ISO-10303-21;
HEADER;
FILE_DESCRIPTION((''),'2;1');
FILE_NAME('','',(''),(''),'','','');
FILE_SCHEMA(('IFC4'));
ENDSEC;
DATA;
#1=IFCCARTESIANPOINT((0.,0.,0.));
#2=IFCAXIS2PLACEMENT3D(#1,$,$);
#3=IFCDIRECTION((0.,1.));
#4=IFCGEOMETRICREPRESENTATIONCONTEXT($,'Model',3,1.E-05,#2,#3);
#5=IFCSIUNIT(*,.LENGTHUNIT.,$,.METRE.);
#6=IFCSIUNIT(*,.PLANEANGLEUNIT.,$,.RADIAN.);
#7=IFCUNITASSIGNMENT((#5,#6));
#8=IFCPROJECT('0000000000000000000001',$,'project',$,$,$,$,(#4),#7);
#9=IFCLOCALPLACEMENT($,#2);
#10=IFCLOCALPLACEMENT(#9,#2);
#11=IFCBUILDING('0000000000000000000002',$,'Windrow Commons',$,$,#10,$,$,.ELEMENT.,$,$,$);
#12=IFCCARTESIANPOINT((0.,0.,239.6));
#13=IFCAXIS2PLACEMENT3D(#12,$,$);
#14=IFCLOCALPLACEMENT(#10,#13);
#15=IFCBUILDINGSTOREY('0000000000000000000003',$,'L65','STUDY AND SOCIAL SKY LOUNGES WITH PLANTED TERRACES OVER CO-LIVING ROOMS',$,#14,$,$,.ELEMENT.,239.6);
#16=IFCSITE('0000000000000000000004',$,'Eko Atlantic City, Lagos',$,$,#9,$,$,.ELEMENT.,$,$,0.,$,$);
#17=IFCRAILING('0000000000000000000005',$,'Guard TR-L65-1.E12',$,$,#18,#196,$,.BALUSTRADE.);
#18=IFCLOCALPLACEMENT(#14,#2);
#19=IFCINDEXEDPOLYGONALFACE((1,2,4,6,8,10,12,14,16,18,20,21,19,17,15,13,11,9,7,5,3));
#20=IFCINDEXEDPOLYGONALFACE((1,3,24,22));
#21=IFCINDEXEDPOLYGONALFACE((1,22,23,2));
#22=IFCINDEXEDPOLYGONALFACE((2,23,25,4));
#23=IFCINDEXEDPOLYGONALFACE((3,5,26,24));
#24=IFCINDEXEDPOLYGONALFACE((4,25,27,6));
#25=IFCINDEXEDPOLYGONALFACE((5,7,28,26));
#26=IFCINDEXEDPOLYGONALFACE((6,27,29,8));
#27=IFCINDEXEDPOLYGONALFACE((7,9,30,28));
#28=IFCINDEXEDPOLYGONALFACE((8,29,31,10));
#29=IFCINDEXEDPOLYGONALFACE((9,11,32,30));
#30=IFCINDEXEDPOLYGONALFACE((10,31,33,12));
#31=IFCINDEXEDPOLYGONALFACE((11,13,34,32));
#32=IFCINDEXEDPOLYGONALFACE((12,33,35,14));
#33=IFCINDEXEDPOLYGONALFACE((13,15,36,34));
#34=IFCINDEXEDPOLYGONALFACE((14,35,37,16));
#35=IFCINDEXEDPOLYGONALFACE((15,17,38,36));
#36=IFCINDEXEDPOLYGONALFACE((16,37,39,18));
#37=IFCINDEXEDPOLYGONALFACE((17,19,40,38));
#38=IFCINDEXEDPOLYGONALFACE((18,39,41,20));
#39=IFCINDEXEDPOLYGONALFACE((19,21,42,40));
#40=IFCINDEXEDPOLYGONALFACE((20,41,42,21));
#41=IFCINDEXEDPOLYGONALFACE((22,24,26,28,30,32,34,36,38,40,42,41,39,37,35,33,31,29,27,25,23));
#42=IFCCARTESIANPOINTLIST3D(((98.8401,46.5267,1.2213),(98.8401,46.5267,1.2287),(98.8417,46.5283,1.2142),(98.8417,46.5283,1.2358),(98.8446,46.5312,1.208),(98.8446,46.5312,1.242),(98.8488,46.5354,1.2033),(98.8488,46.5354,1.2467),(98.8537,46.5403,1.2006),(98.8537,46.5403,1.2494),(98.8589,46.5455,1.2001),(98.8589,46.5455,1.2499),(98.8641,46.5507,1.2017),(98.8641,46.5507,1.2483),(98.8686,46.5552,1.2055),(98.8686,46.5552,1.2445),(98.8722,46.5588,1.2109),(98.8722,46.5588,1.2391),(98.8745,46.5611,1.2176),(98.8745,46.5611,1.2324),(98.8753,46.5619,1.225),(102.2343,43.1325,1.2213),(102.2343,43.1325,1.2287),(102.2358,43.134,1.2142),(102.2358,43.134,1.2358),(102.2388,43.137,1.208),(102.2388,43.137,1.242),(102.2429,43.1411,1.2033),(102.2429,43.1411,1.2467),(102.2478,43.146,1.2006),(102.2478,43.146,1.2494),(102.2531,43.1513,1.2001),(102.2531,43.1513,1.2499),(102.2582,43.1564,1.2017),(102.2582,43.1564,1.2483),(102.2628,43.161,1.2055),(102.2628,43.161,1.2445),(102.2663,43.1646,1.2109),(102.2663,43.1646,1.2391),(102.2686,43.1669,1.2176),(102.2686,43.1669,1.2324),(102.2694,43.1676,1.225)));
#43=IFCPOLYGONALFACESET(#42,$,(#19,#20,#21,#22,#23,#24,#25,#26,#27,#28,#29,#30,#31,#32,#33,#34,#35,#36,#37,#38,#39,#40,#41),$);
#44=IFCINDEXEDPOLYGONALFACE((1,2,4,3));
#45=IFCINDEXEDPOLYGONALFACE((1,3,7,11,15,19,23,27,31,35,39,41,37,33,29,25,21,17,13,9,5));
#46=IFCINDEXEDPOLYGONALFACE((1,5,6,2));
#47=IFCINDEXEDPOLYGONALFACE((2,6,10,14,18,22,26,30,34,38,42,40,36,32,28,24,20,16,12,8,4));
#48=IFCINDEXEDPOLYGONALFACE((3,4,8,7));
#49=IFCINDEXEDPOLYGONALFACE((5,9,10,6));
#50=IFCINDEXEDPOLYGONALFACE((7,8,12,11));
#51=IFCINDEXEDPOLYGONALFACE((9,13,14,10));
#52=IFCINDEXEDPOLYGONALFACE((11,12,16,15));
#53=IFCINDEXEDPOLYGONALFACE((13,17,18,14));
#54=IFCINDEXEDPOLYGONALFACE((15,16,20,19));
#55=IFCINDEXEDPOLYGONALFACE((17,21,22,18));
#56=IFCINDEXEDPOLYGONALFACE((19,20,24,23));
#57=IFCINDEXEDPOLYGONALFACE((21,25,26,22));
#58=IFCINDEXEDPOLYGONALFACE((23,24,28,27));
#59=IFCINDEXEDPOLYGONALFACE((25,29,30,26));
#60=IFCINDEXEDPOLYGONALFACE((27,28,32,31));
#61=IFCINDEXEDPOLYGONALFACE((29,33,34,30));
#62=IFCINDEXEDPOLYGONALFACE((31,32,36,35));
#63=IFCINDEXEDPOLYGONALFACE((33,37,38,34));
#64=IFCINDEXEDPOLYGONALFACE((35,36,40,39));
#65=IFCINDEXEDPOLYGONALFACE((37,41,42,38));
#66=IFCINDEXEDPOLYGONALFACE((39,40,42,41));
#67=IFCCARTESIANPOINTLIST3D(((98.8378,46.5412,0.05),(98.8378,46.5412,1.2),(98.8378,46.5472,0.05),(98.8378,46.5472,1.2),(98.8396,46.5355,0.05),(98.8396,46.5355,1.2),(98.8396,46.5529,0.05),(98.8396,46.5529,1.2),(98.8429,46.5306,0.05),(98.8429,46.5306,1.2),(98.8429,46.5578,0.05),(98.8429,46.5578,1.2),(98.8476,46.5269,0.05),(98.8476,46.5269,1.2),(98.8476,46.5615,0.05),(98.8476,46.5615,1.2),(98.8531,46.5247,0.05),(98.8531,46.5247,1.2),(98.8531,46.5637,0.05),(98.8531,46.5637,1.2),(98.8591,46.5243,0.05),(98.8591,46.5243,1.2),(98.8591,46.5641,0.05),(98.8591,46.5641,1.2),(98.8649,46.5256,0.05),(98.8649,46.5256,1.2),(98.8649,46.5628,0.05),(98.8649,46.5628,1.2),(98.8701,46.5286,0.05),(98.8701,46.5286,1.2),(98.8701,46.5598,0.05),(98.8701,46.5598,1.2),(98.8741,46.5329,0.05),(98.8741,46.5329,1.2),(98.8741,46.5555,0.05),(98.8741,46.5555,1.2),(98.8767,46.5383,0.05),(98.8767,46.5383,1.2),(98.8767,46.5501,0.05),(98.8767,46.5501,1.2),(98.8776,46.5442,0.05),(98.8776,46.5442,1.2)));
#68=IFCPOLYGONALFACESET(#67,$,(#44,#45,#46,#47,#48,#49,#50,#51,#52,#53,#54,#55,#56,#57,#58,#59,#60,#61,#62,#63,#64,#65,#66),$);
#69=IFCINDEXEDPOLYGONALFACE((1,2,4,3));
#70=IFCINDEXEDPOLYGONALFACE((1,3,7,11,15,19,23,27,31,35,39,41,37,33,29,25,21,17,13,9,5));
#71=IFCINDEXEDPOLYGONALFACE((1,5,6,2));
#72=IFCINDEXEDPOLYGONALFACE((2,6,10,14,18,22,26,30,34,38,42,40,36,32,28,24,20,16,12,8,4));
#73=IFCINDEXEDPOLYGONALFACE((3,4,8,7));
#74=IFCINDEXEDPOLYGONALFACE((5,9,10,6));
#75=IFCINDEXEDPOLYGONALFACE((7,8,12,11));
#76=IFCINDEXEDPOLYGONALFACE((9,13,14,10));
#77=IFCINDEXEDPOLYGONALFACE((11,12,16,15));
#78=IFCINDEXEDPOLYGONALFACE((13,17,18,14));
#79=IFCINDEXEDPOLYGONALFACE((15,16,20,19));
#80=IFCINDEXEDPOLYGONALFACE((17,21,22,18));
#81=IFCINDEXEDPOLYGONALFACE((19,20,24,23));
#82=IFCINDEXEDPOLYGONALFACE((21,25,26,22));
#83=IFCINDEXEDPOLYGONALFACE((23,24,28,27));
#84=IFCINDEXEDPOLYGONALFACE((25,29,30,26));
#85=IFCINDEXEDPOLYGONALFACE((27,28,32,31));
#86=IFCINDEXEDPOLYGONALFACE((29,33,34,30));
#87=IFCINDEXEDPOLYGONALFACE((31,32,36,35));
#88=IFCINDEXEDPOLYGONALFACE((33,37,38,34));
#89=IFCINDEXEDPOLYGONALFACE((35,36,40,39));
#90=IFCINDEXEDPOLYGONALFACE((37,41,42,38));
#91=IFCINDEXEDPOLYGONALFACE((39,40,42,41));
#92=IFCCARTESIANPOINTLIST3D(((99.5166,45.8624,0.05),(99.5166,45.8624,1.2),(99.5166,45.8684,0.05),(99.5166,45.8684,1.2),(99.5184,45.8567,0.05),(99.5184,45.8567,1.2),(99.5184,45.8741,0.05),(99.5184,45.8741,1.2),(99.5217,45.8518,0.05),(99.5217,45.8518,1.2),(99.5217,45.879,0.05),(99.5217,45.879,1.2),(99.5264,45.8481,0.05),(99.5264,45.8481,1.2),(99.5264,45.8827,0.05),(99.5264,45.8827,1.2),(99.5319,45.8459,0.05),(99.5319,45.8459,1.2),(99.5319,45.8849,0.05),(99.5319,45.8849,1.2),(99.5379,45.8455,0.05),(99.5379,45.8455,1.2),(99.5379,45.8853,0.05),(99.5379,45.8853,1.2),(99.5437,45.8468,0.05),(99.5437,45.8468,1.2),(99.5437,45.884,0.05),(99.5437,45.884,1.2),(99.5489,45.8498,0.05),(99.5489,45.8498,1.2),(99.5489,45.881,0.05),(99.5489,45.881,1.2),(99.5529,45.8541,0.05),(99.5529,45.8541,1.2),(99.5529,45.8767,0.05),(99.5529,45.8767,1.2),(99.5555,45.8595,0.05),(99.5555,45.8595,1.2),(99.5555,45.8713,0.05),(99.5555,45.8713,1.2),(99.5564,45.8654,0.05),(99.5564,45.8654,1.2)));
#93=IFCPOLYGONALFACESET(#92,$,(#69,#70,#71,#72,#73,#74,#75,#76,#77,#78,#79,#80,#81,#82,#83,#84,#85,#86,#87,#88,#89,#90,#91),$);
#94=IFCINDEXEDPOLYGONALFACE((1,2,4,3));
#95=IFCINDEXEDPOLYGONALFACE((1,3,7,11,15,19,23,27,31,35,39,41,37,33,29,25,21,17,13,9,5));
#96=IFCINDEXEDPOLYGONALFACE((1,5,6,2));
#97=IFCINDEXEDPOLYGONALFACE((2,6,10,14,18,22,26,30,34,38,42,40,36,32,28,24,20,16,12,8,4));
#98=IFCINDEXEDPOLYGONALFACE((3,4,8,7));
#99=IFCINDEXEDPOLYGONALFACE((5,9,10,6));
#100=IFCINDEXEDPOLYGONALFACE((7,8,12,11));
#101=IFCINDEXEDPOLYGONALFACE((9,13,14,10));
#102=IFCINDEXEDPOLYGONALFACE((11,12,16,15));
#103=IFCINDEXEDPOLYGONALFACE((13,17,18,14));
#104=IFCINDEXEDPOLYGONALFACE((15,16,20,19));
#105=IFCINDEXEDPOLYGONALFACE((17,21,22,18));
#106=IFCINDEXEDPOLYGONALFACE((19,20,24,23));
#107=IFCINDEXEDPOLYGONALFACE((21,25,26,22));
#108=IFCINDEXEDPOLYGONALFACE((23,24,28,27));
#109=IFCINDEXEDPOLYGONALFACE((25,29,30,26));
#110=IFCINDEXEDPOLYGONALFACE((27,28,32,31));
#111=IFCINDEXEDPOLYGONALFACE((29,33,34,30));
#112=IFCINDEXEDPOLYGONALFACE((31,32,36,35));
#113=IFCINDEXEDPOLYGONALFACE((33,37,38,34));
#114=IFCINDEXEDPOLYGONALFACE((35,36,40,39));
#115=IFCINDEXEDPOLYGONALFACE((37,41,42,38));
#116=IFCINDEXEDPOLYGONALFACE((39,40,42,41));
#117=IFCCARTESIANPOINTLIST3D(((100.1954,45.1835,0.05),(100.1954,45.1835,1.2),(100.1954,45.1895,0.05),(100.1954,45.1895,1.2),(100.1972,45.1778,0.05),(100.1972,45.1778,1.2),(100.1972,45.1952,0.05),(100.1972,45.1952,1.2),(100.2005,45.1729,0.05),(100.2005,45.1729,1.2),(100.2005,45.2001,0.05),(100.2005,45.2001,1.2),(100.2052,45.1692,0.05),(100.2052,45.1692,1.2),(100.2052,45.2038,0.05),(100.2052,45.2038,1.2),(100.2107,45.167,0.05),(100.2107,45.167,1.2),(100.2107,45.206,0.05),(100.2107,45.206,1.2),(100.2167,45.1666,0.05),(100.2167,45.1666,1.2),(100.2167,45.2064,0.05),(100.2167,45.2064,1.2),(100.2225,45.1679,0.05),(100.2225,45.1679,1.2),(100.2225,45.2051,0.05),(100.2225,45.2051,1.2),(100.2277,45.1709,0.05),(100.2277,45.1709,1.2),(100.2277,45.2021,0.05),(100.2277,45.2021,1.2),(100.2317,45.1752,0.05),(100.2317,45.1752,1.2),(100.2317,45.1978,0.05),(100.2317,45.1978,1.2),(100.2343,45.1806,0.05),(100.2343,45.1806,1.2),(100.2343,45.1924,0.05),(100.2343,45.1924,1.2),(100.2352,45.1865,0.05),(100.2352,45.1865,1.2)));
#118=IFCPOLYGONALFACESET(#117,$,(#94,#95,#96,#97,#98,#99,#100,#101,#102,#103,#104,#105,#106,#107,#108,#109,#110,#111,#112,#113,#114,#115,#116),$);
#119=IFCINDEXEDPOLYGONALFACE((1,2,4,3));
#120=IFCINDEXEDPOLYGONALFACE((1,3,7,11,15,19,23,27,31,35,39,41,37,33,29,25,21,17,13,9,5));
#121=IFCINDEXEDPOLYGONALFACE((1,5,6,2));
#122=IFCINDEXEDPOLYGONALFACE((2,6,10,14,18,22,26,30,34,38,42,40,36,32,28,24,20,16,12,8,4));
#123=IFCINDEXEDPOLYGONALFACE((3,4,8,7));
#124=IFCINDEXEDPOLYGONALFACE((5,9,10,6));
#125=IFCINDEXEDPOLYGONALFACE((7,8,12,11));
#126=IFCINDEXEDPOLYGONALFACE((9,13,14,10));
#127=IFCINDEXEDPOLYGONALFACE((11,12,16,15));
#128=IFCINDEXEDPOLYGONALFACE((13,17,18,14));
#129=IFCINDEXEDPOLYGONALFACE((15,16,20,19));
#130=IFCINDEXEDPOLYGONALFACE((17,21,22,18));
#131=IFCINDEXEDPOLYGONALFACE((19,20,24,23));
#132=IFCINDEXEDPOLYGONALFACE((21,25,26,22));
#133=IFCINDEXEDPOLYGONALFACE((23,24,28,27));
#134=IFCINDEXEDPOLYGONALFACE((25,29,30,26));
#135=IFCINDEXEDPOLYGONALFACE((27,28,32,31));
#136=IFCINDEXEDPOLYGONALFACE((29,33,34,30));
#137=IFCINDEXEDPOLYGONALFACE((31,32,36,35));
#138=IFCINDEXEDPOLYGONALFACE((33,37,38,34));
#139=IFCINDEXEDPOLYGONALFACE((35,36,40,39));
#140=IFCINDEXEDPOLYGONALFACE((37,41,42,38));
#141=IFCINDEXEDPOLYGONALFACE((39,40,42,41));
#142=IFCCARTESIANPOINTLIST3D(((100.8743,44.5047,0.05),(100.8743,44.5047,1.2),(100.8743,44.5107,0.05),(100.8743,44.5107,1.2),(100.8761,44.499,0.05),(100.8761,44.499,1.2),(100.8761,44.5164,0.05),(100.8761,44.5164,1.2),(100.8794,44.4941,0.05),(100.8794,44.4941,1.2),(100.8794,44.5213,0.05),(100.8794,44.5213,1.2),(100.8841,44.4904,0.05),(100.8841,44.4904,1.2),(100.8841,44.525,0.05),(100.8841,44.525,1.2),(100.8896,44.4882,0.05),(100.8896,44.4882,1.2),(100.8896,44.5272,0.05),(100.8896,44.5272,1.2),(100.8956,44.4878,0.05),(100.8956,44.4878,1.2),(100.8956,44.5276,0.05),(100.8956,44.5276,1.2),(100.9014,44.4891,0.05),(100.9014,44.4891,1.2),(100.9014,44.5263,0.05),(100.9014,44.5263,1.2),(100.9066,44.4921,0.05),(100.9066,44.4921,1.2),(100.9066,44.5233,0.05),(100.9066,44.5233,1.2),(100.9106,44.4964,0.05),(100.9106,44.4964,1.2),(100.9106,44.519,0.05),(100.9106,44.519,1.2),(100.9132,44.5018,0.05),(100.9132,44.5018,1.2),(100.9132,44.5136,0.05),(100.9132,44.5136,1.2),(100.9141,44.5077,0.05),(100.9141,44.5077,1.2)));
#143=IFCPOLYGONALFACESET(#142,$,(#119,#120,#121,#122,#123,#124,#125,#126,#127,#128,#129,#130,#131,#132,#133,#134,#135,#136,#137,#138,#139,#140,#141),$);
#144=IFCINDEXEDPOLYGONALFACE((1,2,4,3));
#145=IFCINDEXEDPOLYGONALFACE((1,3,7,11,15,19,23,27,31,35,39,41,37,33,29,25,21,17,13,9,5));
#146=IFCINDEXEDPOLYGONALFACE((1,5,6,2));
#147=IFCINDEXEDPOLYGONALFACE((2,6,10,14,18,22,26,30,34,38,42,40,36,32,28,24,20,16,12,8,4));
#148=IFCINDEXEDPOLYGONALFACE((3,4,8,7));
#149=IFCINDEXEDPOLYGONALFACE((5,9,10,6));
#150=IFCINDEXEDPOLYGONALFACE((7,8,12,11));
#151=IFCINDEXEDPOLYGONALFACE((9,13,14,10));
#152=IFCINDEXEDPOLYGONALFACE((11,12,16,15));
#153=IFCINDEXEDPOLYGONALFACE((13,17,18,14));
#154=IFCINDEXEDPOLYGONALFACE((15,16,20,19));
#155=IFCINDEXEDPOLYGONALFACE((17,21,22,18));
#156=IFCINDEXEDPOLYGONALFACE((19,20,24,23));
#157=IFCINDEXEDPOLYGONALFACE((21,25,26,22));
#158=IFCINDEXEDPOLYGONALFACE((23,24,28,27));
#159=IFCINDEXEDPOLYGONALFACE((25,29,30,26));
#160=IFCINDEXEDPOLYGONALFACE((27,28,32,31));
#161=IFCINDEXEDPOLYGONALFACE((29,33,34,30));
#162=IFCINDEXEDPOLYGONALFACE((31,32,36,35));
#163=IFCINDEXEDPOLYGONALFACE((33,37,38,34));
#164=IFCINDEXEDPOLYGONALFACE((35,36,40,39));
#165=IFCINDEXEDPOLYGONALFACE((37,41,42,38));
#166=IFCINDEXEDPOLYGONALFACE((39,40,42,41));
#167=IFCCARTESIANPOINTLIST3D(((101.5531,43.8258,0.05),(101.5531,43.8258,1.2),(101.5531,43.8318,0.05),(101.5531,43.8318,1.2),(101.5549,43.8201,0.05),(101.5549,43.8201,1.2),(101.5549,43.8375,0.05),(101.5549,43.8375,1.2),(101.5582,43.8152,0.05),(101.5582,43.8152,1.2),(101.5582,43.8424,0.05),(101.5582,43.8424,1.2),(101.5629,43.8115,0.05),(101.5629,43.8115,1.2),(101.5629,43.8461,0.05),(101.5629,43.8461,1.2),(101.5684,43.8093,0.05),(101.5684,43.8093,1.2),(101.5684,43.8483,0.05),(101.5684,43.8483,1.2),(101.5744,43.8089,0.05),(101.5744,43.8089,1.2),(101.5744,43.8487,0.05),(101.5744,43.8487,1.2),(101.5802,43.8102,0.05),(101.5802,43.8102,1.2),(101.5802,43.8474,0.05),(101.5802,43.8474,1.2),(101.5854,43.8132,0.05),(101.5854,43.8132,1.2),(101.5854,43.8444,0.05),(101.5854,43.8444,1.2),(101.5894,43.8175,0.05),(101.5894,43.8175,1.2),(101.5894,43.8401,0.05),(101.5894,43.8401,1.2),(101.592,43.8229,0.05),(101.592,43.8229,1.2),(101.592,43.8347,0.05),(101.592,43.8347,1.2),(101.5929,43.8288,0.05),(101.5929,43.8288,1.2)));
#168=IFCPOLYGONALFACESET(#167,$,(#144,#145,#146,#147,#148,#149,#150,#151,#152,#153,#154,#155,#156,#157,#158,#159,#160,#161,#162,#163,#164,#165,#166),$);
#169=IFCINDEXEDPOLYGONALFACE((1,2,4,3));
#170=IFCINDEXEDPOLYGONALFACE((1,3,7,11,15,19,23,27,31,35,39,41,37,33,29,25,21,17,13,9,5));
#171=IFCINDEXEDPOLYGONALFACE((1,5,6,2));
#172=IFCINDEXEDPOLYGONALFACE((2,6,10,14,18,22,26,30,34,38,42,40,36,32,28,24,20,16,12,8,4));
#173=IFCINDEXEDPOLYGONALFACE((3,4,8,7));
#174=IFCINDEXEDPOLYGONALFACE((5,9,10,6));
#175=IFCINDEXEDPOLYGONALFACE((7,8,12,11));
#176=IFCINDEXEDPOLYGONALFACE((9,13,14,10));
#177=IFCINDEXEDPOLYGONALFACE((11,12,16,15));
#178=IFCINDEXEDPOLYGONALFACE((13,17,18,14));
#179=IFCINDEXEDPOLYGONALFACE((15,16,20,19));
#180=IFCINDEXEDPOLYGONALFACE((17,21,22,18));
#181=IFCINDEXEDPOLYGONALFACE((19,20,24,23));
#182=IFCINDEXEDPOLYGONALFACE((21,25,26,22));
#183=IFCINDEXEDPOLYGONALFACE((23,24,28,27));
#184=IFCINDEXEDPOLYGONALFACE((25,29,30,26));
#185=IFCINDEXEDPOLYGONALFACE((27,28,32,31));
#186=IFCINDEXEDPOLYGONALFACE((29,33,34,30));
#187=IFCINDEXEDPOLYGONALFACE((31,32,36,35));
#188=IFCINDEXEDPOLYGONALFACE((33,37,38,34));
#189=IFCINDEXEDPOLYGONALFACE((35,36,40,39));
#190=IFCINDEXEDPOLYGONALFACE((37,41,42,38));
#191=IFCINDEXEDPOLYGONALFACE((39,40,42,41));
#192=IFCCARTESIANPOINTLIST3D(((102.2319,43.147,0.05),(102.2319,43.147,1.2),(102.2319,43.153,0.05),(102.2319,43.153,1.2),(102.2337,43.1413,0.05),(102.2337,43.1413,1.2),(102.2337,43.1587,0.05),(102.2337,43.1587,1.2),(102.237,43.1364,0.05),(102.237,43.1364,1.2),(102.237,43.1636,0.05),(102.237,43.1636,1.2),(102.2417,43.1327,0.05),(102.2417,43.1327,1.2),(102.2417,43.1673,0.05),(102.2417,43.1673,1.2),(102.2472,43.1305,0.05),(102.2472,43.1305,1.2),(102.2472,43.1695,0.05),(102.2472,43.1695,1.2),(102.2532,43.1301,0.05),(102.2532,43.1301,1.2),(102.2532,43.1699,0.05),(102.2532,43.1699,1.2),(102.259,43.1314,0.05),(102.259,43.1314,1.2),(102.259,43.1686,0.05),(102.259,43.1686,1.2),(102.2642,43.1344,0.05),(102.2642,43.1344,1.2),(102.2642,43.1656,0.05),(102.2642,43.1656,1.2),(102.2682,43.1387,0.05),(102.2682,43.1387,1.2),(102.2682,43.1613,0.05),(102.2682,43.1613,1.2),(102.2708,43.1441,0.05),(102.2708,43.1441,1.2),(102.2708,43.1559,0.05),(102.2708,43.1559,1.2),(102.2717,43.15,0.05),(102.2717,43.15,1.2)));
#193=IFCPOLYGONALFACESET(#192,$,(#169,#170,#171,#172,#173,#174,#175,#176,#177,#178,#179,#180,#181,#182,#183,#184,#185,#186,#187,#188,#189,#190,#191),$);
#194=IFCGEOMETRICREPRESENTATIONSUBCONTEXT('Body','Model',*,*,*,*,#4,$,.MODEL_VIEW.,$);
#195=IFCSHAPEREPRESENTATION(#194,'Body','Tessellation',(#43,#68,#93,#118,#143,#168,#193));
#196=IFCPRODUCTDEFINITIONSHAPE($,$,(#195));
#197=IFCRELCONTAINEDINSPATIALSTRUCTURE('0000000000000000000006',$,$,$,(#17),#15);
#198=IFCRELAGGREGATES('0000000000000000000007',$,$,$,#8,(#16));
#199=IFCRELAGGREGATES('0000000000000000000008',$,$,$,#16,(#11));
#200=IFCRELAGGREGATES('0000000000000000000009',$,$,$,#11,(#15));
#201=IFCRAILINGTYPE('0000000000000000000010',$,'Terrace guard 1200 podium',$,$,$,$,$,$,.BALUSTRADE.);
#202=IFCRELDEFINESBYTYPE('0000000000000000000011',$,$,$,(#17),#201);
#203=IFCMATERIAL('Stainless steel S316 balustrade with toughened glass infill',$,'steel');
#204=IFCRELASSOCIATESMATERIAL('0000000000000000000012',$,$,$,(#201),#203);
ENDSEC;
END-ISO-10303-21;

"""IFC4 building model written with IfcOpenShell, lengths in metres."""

from ifc_helpers import new_model, si_unit, direction, frame, origin, origin_2d, place, context, subcontext, project, spatial, circle, extrude, material, type_object, element, save


model = new_model("IFC4")

# Units and contexts
model_context = context("Model", 3, precision=1e-05, world=origin(), true_north=direction((0.0, 1.0)))
body_context = subcontext(model_context, "Body", "Model", "MODEL_VIEW")
ifc_project = project(units=[si_unit("LENGTHUNIT", "METRE"), si_unit("PLANEANGLEUNIT", "RADIAN")], contexts=[model_context])

# Site, building, storey
site_placement = place(None, origin())
site = spatial("IfcSite", under=ifc_project, at=site_placement, Name="Eko Atlantic City, Lagos", CompositionType="ELEMENT", RefElevation=0.0)
building_placement = place(site_placement, origin())
building = spatial("IfcBuilding", under=site, at=building_placement, Name="Windrow Commons", CompositionType="ELEMENT")
storey_placement = place(building_placement, frame((0.0, 0.0, 239.6)))
storey = spatial("IfcBuildingStorey", under=building, at=storey_placement, Name="L65", Description="STUDY AND SOCIAL SKY LOUNGES WITH PLANTED TERRACES OVER CO-LIVING ROOMS", CompositionType="ELEMENT", Elevation=239.6)

# Railing
ifc_material_1 = material(Name="Stainless steel S316 balustrade with toughened glass infill", Category="steel")
railing_type_1 = type_object("IfcRailingType", Name="Terrace guard 1200 podium", PredefinedType="BALUSTRADE", material=ifc_material_1)
railing_1_placement = place(storey_placement, frame((98.8576, 46.5442, 0.05)))
element("IfcRailing", 1, at=railing_1_placement, inside=storey, type_object=railing_type_1, Name="Guard TR-L65-1.E12", PredefinedType="BALUSTRADE", context=body_context, shape_type="SweptSolid", body=[
    extrude(circle(Radius=0.025, at=origin_2d()), frame((0.0, 0.0, 1.175), z_axis=(0.707096, -0.707117, 0.0), x_axis=(0.707117, 0.707096, 0.0)), (0.0, 0.0, 1.0), 4.8001),
    extrude(circle(Radius=0.02, at=origin_2d()), origin(), (0.0, 0.0, 1.0), 1.15),
    extrude(circle(Radius=0.02, at=origin_2d()), frame((0.6788, -0.6788, 0.0)), (0.0, 0.0, 1.0), 1.15),
    extrude(circle(Radius=0.02, at=origin_2d()), frame((1.3576, -1.3577, 0.0)), (0.0, 0.0, 1.0), 1.15),
    extrude(circle(Radius=0.02, at=origin_2d()), frame((2.0365, -2.0365, 0.0)), (0.0, 0.0, 1.0), 1.15),
    extrude(circle(Radius=0.02, at=origin_2d()), frame((2.7153, -2.7154, 0.0)), (0.0, 0.0, 1.0), 1.15),
    extrude(circle(Radius=0.02, at=origin_2d()), frame((3.3941, -3.3942, 0.0)), (0.0, 0.0, 1.0), 1.15),
])

save(model, "model.ifc")
